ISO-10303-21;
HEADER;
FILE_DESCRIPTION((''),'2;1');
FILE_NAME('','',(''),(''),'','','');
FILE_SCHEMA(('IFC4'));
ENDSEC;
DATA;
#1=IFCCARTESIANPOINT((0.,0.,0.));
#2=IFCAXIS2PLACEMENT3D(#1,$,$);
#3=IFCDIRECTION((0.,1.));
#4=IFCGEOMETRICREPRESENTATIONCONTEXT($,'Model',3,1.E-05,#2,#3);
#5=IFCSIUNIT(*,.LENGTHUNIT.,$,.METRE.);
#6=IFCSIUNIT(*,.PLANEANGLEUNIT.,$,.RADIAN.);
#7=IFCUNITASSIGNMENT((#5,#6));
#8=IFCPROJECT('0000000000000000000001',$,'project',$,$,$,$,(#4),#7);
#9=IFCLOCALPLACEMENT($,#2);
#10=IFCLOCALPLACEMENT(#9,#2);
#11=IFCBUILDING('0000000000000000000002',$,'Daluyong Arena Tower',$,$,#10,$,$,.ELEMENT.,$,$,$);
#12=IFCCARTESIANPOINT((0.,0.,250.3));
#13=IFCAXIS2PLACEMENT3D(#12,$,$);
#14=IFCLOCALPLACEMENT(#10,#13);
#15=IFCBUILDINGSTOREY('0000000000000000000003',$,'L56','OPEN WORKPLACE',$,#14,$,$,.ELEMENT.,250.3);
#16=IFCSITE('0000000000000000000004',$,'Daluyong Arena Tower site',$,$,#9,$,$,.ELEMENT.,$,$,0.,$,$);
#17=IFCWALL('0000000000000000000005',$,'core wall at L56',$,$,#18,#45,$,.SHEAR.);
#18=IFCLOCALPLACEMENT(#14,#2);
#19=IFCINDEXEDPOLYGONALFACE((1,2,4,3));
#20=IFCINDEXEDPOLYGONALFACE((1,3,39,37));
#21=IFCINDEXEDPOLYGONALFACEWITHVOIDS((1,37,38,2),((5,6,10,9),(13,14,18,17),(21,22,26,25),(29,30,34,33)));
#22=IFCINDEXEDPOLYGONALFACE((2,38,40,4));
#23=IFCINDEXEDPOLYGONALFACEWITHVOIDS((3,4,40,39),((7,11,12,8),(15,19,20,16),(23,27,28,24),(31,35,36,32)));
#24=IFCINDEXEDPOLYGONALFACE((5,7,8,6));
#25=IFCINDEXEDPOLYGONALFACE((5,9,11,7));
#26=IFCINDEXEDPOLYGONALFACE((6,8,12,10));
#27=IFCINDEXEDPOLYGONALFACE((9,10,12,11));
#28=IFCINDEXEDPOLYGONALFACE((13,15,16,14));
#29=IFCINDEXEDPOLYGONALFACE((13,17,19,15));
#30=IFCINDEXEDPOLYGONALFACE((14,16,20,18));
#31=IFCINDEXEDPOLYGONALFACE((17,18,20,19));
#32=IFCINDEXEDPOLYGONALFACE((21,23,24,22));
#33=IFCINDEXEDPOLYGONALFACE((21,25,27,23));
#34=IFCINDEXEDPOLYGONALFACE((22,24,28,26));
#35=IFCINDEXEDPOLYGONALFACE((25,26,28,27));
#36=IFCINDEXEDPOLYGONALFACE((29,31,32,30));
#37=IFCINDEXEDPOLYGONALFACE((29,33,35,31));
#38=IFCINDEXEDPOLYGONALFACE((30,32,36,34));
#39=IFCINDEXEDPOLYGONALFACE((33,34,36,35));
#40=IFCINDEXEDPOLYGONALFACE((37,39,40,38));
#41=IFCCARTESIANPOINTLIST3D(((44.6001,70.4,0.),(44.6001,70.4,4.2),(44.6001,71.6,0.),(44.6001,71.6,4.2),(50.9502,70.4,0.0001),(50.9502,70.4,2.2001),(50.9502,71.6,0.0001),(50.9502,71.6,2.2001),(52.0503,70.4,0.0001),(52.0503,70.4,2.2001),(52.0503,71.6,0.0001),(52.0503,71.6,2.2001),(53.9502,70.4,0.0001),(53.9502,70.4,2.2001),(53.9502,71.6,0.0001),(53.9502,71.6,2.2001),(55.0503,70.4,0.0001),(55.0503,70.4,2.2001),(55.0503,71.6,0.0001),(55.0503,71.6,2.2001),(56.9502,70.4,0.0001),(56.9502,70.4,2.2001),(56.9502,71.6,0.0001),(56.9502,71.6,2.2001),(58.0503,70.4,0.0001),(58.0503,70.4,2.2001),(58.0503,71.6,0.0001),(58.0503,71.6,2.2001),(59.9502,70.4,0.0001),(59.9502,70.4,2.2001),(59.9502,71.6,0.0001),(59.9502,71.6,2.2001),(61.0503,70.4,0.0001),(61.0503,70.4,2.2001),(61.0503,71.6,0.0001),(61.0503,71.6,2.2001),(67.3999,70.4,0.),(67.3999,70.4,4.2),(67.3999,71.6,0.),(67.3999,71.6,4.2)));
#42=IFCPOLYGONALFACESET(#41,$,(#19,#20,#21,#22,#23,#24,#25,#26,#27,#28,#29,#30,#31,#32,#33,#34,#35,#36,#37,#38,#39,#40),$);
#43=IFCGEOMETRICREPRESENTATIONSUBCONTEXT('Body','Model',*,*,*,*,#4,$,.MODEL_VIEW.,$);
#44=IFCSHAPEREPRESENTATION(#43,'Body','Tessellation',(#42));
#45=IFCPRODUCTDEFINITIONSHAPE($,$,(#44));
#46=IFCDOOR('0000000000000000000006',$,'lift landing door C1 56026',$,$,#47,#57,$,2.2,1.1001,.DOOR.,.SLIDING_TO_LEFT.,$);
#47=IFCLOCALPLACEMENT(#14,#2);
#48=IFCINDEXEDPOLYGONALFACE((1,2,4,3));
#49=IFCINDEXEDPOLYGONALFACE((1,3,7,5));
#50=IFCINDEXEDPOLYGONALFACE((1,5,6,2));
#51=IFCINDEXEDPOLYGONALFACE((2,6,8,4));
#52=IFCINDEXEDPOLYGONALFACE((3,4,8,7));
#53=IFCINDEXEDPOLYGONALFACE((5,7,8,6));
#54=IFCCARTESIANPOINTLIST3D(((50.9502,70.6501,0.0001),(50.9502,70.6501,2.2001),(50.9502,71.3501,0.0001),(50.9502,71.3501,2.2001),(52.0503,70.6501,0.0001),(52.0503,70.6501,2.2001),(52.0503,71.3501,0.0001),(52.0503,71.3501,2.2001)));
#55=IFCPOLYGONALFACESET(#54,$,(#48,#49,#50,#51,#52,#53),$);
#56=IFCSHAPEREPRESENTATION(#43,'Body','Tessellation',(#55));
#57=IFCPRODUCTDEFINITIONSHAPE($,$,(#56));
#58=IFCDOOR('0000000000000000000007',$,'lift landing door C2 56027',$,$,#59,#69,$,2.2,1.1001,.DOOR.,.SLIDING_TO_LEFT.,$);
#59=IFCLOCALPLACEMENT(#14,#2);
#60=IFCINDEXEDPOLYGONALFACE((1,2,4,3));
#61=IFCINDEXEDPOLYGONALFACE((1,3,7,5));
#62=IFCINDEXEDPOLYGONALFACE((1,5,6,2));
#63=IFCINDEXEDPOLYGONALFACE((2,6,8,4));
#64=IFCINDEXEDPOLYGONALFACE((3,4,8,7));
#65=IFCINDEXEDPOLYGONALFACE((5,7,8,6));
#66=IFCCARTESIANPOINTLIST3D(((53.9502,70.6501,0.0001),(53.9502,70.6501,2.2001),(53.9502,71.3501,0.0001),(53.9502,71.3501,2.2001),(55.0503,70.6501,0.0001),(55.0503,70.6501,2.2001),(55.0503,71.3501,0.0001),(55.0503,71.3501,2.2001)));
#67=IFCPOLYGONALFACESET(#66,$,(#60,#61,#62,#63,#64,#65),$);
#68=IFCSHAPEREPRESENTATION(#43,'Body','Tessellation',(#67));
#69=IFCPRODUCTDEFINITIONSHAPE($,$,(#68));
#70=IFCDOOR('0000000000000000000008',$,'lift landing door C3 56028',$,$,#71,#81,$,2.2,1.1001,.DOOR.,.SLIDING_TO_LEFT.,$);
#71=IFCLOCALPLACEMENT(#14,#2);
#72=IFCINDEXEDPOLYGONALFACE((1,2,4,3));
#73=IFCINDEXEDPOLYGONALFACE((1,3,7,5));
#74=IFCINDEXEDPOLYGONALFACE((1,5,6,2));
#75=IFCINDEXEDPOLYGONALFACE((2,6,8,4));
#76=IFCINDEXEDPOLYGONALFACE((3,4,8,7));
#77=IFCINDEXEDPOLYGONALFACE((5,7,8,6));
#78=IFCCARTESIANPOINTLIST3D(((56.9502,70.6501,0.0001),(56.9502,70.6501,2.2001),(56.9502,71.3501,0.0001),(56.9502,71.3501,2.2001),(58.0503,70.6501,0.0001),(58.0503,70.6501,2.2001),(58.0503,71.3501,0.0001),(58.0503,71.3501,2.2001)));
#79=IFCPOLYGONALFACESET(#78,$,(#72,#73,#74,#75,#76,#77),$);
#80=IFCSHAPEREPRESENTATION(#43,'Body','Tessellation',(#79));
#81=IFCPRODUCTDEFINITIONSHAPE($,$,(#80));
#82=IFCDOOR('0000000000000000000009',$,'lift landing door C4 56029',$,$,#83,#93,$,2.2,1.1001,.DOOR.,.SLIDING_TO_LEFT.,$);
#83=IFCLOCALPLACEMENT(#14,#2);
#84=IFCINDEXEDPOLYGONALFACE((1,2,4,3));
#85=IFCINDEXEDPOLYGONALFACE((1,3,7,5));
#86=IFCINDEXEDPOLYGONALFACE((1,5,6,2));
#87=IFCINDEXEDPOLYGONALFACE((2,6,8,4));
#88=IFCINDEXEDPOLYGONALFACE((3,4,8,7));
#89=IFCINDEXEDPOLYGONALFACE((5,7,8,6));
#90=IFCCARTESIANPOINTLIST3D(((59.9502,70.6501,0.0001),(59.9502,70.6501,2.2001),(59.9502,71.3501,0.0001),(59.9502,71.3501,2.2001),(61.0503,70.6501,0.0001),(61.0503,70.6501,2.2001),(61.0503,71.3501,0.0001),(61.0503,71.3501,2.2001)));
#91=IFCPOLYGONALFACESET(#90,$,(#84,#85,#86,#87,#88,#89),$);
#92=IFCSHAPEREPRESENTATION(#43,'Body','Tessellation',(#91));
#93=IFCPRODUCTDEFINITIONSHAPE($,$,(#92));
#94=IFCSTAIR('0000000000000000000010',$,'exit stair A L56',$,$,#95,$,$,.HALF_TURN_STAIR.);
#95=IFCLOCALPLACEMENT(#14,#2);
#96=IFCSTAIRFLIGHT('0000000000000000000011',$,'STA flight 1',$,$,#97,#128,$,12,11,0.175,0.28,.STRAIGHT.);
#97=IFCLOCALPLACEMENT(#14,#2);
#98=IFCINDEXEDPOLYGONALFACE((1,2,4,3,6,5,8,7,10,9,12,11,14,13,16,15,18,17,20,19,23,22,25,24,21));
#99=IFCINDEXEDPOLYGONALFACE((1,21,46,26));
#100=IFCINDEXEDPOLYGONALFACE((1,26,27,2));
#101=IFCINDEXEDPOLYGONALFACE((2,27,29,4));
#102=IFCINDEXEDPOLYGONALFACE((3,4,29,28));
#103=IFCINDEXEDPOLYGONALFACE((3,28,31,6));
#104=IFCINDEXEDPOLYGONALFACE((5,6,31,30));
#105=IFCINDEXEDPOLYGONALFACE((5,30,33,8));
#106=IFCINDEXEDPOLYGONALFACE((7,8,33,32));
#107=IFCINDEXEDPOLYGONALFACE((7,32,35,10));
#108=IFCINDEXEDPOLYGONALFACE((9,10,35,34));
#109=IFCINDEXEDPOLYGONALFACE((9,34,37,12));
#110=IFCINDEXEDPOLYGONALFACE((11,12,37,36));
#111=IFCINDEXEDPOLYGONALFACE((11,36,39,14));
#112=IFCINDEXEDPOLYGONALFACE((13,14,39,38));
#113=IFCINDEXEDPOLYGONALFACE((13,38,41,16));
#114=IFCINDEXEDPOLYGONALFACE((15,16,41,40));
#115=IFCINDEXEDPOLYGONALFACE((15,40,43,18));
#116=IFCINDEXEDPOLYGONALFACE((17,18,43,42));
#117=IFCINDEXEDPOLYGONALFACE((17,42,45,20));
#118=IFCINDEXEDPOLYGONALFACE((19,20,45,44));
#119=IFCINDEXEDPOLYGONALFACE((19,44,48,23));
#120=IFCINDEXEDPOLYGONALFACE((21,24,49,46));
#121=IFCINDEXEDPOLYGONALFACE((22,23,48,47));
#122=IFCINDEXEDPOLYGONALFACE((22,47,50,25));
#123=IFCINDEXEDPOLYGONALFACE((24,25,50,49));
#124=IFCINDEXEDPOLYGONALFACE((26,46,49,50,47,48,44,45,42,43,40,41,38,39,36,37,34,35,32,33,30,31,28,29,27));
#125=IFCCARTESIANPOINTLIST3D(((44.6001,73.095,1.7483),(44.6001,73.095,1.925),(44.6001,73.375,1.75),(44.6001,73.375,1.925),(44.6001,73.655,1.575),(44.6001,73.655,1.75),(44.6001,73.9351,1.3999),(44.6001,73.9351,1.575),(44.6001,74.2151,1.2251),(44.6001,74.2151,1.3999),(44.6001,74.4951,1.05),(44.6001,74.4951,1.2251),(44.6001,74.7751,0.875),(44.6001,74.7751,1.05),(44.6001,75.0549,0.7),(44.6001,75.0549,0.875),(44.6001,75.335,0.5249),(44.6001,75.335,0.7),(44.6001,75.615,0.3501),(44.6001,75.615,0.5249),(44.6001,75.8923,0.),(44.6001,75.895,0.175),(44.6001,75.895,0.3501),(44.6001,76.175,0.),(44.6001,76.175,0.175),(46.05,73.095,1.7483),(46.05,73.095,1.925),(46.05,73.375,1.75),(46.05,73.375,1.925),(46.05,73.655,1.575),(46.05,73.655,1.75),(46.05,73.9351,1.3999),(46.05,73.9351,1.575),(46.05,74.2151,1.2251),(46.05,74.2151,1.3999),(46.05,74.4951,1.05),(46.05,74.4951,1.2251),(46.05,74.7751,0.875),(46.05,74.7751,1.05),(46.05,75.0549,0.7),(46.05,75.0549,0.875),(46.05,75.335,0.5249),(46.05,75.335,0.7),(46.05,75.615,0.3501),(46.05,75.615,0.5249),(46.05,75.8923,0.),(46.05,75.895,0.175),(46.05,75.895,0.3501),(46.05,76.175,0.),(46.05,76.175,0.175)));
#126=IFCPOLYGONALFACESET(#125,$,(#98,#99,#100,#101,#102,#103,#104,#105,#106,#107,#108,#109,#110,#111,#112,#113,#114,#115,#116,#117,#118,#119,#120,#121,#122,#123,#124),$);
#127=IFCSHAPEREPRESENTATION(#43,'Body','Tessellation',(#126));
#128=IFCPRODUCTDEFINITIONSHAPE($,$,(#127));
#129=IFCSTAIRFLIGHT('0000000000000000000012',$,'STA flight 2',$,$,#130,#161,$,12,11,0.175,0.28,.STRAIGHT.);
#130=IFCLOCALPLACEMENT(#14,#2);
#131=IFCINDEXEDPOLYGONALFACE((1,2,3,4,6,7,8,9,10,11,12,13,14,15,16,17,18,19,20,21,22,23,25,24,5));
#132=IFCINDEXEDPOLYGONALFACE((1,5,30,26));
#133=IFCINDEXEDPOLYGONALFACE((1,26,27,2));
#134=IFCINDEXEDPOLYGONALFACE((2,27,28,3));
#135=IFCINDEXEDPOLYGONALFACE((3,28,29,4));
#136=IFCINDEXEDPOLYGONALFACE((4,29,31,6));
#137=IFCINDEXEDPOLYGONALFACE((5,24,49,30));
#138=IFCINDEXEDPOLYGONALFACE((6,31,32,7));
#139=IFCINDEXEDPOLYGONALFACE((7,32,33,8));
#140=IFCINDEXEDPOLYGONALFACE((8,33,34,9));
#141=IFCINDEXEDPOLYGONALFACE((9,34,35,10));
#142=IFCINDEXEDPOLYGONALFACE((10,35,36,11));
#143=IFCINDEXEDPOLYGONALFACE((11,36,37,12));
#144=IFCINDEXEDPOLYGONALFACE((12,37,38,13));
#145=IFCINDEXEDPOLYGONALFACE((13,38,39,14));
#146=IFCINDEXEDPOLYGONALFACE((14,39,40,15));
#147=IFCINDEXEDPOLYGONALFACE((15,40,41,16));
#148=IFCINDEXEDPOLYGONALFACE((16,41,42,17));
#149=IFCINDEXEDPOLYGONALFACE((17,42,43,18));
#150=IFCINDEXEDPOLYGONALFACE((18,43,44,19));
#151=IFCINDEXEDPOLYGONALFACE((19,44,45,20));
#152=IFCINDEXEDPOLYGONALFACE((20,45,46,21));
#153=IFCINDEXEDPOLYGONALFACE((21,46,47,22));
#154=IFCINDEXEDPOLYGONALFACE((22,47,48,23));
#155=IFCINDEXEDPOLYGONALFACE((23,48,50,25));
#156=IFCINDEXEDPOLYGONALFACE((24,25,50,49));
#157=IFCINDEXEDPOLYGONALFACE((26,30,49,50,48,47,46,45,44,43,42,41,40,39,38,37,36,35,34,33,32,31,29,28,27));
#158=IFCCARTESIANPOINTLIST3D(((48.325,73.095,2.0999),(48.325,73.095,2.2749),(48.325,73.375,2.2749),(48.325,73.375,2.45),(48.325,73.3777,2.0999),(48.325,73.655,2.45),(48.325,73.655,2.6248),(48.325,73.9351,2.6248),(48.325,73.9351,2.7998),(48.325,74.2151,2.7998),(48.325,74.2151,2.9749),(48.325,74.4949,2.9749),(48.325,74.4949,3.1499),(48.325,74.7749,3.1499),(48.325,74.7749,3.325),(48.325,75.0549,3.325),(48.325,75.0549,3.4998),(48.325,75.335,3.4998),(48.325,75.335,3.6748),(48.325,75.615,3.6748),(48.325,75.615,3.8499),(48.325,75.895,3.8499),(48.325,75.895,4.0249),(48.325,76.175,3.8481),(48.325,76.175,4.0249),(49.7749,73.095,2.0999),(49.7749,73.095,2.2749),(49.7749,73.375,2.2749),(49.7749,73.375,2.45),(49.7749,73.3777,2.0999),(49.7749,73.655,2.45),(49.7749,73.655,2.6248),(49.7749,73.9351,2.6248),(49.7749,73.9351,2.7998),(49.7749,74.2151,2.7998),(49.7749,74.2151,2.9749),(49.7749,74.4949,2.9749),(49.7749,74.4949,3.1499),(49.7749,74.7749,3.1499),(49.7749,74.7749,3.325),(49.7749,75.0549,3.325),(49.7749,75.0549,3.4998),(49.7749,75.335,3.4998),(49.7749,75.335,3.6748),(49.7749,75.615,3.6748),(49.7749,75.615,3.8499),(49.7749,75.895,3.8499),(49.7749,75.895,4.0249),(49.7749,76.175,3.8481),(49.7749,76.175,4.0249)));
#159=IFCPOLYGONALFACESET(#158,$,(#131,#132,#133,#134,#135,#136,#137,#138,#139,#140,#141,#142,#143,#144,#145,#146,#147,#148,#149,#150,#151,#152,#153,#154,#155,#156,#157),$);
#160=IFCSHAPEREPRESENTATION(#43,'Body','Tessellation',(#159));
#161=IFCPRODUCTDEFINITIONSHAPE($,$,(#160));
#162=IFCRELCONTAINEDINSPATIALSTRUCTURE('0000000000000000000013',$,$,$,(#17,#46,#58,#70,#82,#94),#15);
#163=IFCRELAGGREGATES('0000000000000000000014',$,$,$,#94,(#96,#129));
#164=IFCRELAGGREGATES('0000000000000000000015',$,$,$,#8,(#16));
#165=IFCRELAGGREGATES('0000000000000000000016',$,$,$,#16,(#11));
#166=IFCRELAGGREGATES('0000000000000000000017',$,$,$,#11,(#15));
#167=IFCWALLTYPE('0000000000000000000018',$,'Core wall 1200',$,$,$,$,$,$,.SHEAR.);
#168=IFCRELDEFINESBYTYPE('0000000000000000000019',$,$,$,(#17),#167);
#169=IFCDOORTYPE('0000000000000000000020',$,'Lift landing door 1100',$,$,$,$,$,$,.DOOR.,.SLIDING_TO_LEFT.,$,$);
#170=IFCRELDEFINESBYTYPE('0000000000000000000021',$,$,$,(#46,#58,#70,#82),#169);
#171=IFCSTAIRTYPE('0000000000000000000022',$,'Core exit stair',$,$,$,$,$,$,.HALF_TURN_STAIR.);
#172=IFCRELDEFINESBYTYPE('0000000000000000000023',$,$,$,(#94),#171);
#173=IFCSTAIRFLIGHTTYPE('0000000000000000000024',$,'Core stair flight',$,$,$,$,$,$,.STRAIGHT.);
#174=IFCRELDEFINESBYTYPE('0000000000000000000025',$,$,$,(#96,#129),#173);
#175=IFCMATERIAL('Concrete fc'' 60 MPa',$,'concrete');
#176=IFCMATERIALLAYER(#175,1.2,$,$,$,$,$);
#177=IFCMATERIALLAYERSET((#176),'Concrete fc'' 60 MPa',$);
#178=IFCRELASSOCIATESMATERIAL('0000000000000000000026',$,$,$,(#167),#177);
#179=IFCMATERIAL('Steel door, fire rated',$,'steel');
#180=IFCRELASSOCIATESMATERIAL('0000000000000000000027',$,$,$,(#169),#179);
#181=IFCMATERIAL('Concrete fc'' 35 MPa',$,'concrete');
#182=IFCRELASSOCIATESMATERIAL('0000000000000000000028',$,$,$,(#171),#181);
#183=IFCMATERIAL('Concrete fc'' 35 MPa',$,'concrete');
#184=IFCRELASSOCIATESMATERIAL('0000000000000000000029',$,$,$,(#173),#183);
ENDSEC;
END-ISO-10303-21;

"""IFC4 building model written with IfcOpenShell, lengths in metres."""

from ifc_helpers import new_model, si_unit, direction, frame, frame_2d, origin, place, context, subcontext, project, spatial, polyline, rectangle, outline, extrude, material, layer, layer_set, type_object, element, fill, aggregate, save


model = new_model("IFC4")

# Units and contexts
model_context = context("Model", 3, precision=1e-05, world=origin(), true_north=direction((0.0, 1.0)))
body_context = subcontext(model_context, "Body", "Model", "MODEL_VIEW")
ifc_project = project(units=[si_unit("LENGTHUNIT", "METRE"), si_unit("PLANEANGLEUNIT", "RADIAN")], contexts=[model_context])

# Site, building, storey
site_placement = place(None, origin())
site = spatial("IfcSite", under=ifc_project, at=site_placement, Name="Daluyong Arena Tower site", CompositionType="ELEMENT", RefElevation=0.0)
building_placement = place(site_placement, origin())
building = spatial("IfcBuilding", under=site, at=building_placement, Name="Daluyong Arena Tower", CompositionType="ELEMENT")
storey_placement = place(building_placement, frame((0.0, 0.0, 250.3)))
storey = spatial("IfcBuildingStorey", under=building, at=storey_placement, Name="L56", Description="OPEN WORKPLACE", CompositionType="ELEMENT", Elevation=250.3)

# Shared definitions
ifc_material_1 = material(Name="Concrete fc' 60 MPa", Category="concrete")
ifc_layer_1 = layer(ifc_material_1, 1.2)
ifc_layer_set_1 = layer_set([ifc_layer_1], Name="Concrete fc' 60 MPa")
wall_type_1 = type_object("IfcWallType", Name="Core wall 1200", PredefinedType="SHEAR", material=ifc_layer_set_1)

# Wall, openings, doors
wall_1_placement = place(storey_placement, frame((44.6001, 71.0, 0.0), z_axis=(0.0, 0.0, 1.0), x_axis=(1.0, 0.0, 0.0)))
wall_1 = element("IfcWall", 1, at=wall_1_placement, inside=storey, type_object=wall_type_1, Name="core wall at L56", PredefinedType="SHEAR", context=body_context, shape_type="SweptSolid", body=[
    extrude(rectangle(XDim=22.7998, YDim=1.2, at=frame_2d((11.3999, 0.0))), origin(), (0.0, 0.0, 1.0), 4.2),
])
opening_1_placement = place(wall_1_placement, frame((6.3501, 0.0, 0.0)))
opening_1 = element("IfcOpeningElement", 2, at=opening_1_placement, cuts=wall_1, PredefinedType="OPENING", context=body_context, shape_type="SweptSolid", body=[
    extrude(rectangle(XDim=1.1001, YDim=2.2, at=frame_2d((0.55, 1.1001))), frame((0.0, 0.6099, 0.0), z_axis=(0.0, -1.0, 0.0), x_axis=(1.0, 0.0, 0.0)), (0.0, 0.0, 1.0), 1.22),
])
opening_2_placement = place(wall_1_placement, frame((9.3501, 0.0, 0.0)))
opening_2 = element("IfcOpeningElement", 3, at=opening_2_placement, cuts=wall_1, PredefinedType="OPENING", context=body_context, shape_type="SweptSolid", body=[
    extrude(rectangle(XDim=1.1001, YDim=2.2, at=frame_2d((0.55, 1.1001))), frame((0.0, 0.6099, 0.0), z_axis=(0.0, -1.0, 0.0), x_axis=(1.0, 0.0, 0.0)), (0.0, 0.0, 1.0), 1.22),
])
opening_3_placement = place(wall_1_placement, frame((12.3501, 0.0, 0.0)))
opening_3 = element("IfcOpeningElement", 4, at=opening_3_placement, cuts=wall_1, PredefinedType="OPENING", context=body_context, shape_type="SweptSolid", body=[
    extrude(rectangle(XDim=1.1001, YDim=2.2, at=frame_2d((0.55, 1.1001))), frame((0.0, 0.6099, 0.0), z_axis=(0.0, -1.0, 0.0), x_axis=(1.0, 0.0, 0.0)), (0.0, 0.0, 1.0), 1.22),
])
opening_4_placement = place(wall_1_placement, frame((15.3501, 0.0, 0.0)))
opening_4 = element("IfcOpeningElement", 5, at=opening_4_placement, cuts=wall_1, PredefinedType="OPENING", context=body_context, shape_type="SweptSolid", body=[
    extrude(rectangle(XDim=1.1001, YDim=2.2, at=frame_2d((0.55, 1.1001))), frame((0.0, 0.6099, 0.0), z_axis=(0.0, -1.0, 0.0), x_axis=(1.0, 0.0, 0.0)), (0.0, 0.0, 1.0), 1.22),
])
ifc_material_2 = material(Name="Steel door, fire rated", Category="steel")
door_type_1 = type_object("IfcDoorType", Name="Lift landing door 1100", OperationType="SLIDING_TO_LEFT", PredefinedType="DOOR", material=ifc_material_2)
door_1_placement = place(opening_1_placement, origin())
door_1 = element("IfcDoor", 6, at=door_1_placement, inside=storey, type_object=door_type_1, Name="lift landing door C1 56026", OperationType="SLIDING_TO_LEFT", OverallHeight=2.2, OverallWidth=1.1001, PredefinedType="DOOR", context=body_context, shape_type="SweptSolid", body=[
    extrude(rectangle(XDim=1.1001, YDim=2.2, at=frame_2d((0.55, 1.1001))), frame((0.0, 0.3501, 0.0), z_axis=(0.0, -1.0, 0.0), x_axis=(1.0, 0.0, 0.0)), (0.0, 0.0, 1.0), 0.7),
])
fill(opening_1, door_1)
door_2_placement = place(opening_2_placement, origin())
door_2 = element("IfcDoor", 7, at=door_2_placement, inside=storey, type_object=door_type_1, Name="lift landing door C2 56027", OperationType="SLIDING_TO_LEFT", OverallHeight=2.2, OverallWidth=1.1001, PredefinedType="DOOR", context=body_context, shape_type="SweptSolid", body=[
    extrude(rectangle(XDim=1.1001, YDim=2.2, at=frame_2d((0.55, 1.1001))), frame((0.0, 0.3501, 0.0), z_axis=(0.0, -1.0, 0.0), x_axis=(1.0, 0.0, 0.0)), (0.0, 0.0, 1.0), 0.7),
])
fill(opening_2, door_2)
door_3_placement = place(opening_3_placement, origin())
door_3 = element("IfcDoor", 8, at=door_3_placement, inside=storey, type_object=door_type_1, Name="lift landing door C3 56028", OperationType="SLIDING_TO_LEFT", OverallHeight=2.2, OverallWidth=1.1001, PredefinedType="DOOR", context=body_context, shape_type="SweptSolid", body=[
    extrude(rectangle(XDim=1.1001, YDim=2.2, at=frame_2d((0.55, 1.1001))), frame((0.0, 0.3501, 0.0), z_axis=(0.0, -1.0, 0.0), x_axis=(1.0, 0.0, 0.0)), (0.0, 0.0, 1.0), 0.7),
])
fill(opening_3, door_3)
door_4_placement = place(opening_4_placement, origin())
door_4 = element("IfcDoor", 9, at=door_4_placement, inside=storey, type_object=door_type_1, Name="lift landing door C4 56029", OperationType="SLIDING_TO_LEFT", OverallHeight=2.2, OverallWidth=1.1001, PredefinedType="DOOR", context=body_context, shape_type="SweptSolid", body=[
    extrude(rectangle(XDim=1.1001, YDim=2.2, at=frame_2d((0.55, 1.1001))), frame((0.0, 0.3501, 0.0), z_axis=(0.0, -1.0, 0.0), x_axis=(1.0, 0.0, 0.0)), (0.0, 0.0, 1.0), 0.7),
])
fill(opening_4, door_4)

# Stair, stair flights
ifc_material_3 = material(Name="Concrete fc' 35 MPa", Category="concrete")
stair_type = type_object("IfcStairType", Name="Core exit stair", PredefinedType="HALF_TURN_STAIR", material=ifc_material_3)
stair_placement = place(storey_placement, origin())
stair = element("IfcStair", 10, at=stair_placement, inside=storey, type_object=stair_type, Name="exit stair A L56", PredefinedType="HALF_TURN_STAIR")
ifc_material_4 = material(Name="Concrete fc' 35 MPa", Category="concrete")
stair_flight_type = type_object("IfcStairFlightType", Name="Core stair flight", PredefinedType="STRAIGHT", material=ifc_material_4)
stair_flight_1_placement = place(storey_placement, frame((45.325, 76.175, 0.0), z_axis=(0.0, 0.0, 1.0), x_axis=(0.0, -1.0, 0.0)))
stair_flight_1 = element("IfcStairFlight", 11, at=stair_flight_1_placement, type_object=stair_flight_type, Name="STA flight 1", NumberOfRisers=12, NumberOfTreads=11, PredefinedType="STRAIGHT", RiserHeight=0.175, TreadLength=0.28, context=body_context, shape_type="SweptSolid", body=[
    extrude(outline(polyline([(0.0, 0.0), (0.0, 0.175), (0.28, 0.175), (0.28, 0.3501), (0.5601, 0.3501), (0.5601, 0.5249), (0.8401, 0.5249), (0.8401, 0.7), (1.1201, 0.7), (1.1201, 0.875), (1.3999, 0.875), (1.3999, 1.05), (1.6799, 1.05), (1.6799, 1.2251), (1.96, 1.2251), (1.96, 1.3999), (2.24, 1.3999), (2.24, 1.575), (2.52, 1.575), (2.52, 1.75), (2.8, 1.75), (2.8, 1.925), (3.0801, 1.925), (3.0801, 2.1001), (3.0801, 1.7483), (0.2827, 0.0), (0.0, 0.0)])), frame((0.0, 0.7251, 0.0), z_axis=(0.0, -1.0, 0.0), x_axis=(1.0, 0.0, 0.0)), (0.0, 0.0, 1.0), 1.45),
])
stair_flight_2_placement = place(storey_placement, frame((49.05, 73.095, 2.0999), z_axis=(0.0, 0.0, 1.0), x_axis=(0.0, 1.0, 0.0)))
stair_flight_2 = element("IfcStairFlight", 12, at=stair_flight_2_placement, type_object=stair_flight_type, Name="STA flight 2", NumberOfRisers=12, NumberOfTreads=11, PredefinedType="STRAIGHT", RiserHeight=0.175, TreadLength=0.28, context=body_context, shape_type="SweptSolid", body=[
    extrude(outline(polyline([(0.0, 0.0), (0.0, 0.175), (0.28, 0.175), (0.28, 0.3501), (0.5601, 0.3501), (0.5601, 0.5249), (0.8401, 0.5249), (0.8401, 0.7), (1.1201, 0.7), (1.1201, 0.875), (1.3999, 0.875), (1.3999, 1.05), (1.6799, 1.05), (1.6799, 1.2251), (1.96, 1.2251), (1.96, 1.3999), (2.24, 1.3999), (2.24, 1.575), (2.52, 1.575), (2.52, 1.75), (2.8, 1.75), (2.8, 1.925), (3.0801, 1.925), (3.0801, 2.1001), (3.0801, 1.7483), (0.2827, 0.0), (0.0, 0.0)])), frame((0.0, 0.7251, 0.0), z_axis=(0.0, -1.0, 0.0), x_axis=(1.0, 0.0, 0.0)), (0.0, 0.0, 1.0), 1.45),
])
aggregate(stair, [stair_flight_1, stair_flight_2])

save(model, "model.ifc")
